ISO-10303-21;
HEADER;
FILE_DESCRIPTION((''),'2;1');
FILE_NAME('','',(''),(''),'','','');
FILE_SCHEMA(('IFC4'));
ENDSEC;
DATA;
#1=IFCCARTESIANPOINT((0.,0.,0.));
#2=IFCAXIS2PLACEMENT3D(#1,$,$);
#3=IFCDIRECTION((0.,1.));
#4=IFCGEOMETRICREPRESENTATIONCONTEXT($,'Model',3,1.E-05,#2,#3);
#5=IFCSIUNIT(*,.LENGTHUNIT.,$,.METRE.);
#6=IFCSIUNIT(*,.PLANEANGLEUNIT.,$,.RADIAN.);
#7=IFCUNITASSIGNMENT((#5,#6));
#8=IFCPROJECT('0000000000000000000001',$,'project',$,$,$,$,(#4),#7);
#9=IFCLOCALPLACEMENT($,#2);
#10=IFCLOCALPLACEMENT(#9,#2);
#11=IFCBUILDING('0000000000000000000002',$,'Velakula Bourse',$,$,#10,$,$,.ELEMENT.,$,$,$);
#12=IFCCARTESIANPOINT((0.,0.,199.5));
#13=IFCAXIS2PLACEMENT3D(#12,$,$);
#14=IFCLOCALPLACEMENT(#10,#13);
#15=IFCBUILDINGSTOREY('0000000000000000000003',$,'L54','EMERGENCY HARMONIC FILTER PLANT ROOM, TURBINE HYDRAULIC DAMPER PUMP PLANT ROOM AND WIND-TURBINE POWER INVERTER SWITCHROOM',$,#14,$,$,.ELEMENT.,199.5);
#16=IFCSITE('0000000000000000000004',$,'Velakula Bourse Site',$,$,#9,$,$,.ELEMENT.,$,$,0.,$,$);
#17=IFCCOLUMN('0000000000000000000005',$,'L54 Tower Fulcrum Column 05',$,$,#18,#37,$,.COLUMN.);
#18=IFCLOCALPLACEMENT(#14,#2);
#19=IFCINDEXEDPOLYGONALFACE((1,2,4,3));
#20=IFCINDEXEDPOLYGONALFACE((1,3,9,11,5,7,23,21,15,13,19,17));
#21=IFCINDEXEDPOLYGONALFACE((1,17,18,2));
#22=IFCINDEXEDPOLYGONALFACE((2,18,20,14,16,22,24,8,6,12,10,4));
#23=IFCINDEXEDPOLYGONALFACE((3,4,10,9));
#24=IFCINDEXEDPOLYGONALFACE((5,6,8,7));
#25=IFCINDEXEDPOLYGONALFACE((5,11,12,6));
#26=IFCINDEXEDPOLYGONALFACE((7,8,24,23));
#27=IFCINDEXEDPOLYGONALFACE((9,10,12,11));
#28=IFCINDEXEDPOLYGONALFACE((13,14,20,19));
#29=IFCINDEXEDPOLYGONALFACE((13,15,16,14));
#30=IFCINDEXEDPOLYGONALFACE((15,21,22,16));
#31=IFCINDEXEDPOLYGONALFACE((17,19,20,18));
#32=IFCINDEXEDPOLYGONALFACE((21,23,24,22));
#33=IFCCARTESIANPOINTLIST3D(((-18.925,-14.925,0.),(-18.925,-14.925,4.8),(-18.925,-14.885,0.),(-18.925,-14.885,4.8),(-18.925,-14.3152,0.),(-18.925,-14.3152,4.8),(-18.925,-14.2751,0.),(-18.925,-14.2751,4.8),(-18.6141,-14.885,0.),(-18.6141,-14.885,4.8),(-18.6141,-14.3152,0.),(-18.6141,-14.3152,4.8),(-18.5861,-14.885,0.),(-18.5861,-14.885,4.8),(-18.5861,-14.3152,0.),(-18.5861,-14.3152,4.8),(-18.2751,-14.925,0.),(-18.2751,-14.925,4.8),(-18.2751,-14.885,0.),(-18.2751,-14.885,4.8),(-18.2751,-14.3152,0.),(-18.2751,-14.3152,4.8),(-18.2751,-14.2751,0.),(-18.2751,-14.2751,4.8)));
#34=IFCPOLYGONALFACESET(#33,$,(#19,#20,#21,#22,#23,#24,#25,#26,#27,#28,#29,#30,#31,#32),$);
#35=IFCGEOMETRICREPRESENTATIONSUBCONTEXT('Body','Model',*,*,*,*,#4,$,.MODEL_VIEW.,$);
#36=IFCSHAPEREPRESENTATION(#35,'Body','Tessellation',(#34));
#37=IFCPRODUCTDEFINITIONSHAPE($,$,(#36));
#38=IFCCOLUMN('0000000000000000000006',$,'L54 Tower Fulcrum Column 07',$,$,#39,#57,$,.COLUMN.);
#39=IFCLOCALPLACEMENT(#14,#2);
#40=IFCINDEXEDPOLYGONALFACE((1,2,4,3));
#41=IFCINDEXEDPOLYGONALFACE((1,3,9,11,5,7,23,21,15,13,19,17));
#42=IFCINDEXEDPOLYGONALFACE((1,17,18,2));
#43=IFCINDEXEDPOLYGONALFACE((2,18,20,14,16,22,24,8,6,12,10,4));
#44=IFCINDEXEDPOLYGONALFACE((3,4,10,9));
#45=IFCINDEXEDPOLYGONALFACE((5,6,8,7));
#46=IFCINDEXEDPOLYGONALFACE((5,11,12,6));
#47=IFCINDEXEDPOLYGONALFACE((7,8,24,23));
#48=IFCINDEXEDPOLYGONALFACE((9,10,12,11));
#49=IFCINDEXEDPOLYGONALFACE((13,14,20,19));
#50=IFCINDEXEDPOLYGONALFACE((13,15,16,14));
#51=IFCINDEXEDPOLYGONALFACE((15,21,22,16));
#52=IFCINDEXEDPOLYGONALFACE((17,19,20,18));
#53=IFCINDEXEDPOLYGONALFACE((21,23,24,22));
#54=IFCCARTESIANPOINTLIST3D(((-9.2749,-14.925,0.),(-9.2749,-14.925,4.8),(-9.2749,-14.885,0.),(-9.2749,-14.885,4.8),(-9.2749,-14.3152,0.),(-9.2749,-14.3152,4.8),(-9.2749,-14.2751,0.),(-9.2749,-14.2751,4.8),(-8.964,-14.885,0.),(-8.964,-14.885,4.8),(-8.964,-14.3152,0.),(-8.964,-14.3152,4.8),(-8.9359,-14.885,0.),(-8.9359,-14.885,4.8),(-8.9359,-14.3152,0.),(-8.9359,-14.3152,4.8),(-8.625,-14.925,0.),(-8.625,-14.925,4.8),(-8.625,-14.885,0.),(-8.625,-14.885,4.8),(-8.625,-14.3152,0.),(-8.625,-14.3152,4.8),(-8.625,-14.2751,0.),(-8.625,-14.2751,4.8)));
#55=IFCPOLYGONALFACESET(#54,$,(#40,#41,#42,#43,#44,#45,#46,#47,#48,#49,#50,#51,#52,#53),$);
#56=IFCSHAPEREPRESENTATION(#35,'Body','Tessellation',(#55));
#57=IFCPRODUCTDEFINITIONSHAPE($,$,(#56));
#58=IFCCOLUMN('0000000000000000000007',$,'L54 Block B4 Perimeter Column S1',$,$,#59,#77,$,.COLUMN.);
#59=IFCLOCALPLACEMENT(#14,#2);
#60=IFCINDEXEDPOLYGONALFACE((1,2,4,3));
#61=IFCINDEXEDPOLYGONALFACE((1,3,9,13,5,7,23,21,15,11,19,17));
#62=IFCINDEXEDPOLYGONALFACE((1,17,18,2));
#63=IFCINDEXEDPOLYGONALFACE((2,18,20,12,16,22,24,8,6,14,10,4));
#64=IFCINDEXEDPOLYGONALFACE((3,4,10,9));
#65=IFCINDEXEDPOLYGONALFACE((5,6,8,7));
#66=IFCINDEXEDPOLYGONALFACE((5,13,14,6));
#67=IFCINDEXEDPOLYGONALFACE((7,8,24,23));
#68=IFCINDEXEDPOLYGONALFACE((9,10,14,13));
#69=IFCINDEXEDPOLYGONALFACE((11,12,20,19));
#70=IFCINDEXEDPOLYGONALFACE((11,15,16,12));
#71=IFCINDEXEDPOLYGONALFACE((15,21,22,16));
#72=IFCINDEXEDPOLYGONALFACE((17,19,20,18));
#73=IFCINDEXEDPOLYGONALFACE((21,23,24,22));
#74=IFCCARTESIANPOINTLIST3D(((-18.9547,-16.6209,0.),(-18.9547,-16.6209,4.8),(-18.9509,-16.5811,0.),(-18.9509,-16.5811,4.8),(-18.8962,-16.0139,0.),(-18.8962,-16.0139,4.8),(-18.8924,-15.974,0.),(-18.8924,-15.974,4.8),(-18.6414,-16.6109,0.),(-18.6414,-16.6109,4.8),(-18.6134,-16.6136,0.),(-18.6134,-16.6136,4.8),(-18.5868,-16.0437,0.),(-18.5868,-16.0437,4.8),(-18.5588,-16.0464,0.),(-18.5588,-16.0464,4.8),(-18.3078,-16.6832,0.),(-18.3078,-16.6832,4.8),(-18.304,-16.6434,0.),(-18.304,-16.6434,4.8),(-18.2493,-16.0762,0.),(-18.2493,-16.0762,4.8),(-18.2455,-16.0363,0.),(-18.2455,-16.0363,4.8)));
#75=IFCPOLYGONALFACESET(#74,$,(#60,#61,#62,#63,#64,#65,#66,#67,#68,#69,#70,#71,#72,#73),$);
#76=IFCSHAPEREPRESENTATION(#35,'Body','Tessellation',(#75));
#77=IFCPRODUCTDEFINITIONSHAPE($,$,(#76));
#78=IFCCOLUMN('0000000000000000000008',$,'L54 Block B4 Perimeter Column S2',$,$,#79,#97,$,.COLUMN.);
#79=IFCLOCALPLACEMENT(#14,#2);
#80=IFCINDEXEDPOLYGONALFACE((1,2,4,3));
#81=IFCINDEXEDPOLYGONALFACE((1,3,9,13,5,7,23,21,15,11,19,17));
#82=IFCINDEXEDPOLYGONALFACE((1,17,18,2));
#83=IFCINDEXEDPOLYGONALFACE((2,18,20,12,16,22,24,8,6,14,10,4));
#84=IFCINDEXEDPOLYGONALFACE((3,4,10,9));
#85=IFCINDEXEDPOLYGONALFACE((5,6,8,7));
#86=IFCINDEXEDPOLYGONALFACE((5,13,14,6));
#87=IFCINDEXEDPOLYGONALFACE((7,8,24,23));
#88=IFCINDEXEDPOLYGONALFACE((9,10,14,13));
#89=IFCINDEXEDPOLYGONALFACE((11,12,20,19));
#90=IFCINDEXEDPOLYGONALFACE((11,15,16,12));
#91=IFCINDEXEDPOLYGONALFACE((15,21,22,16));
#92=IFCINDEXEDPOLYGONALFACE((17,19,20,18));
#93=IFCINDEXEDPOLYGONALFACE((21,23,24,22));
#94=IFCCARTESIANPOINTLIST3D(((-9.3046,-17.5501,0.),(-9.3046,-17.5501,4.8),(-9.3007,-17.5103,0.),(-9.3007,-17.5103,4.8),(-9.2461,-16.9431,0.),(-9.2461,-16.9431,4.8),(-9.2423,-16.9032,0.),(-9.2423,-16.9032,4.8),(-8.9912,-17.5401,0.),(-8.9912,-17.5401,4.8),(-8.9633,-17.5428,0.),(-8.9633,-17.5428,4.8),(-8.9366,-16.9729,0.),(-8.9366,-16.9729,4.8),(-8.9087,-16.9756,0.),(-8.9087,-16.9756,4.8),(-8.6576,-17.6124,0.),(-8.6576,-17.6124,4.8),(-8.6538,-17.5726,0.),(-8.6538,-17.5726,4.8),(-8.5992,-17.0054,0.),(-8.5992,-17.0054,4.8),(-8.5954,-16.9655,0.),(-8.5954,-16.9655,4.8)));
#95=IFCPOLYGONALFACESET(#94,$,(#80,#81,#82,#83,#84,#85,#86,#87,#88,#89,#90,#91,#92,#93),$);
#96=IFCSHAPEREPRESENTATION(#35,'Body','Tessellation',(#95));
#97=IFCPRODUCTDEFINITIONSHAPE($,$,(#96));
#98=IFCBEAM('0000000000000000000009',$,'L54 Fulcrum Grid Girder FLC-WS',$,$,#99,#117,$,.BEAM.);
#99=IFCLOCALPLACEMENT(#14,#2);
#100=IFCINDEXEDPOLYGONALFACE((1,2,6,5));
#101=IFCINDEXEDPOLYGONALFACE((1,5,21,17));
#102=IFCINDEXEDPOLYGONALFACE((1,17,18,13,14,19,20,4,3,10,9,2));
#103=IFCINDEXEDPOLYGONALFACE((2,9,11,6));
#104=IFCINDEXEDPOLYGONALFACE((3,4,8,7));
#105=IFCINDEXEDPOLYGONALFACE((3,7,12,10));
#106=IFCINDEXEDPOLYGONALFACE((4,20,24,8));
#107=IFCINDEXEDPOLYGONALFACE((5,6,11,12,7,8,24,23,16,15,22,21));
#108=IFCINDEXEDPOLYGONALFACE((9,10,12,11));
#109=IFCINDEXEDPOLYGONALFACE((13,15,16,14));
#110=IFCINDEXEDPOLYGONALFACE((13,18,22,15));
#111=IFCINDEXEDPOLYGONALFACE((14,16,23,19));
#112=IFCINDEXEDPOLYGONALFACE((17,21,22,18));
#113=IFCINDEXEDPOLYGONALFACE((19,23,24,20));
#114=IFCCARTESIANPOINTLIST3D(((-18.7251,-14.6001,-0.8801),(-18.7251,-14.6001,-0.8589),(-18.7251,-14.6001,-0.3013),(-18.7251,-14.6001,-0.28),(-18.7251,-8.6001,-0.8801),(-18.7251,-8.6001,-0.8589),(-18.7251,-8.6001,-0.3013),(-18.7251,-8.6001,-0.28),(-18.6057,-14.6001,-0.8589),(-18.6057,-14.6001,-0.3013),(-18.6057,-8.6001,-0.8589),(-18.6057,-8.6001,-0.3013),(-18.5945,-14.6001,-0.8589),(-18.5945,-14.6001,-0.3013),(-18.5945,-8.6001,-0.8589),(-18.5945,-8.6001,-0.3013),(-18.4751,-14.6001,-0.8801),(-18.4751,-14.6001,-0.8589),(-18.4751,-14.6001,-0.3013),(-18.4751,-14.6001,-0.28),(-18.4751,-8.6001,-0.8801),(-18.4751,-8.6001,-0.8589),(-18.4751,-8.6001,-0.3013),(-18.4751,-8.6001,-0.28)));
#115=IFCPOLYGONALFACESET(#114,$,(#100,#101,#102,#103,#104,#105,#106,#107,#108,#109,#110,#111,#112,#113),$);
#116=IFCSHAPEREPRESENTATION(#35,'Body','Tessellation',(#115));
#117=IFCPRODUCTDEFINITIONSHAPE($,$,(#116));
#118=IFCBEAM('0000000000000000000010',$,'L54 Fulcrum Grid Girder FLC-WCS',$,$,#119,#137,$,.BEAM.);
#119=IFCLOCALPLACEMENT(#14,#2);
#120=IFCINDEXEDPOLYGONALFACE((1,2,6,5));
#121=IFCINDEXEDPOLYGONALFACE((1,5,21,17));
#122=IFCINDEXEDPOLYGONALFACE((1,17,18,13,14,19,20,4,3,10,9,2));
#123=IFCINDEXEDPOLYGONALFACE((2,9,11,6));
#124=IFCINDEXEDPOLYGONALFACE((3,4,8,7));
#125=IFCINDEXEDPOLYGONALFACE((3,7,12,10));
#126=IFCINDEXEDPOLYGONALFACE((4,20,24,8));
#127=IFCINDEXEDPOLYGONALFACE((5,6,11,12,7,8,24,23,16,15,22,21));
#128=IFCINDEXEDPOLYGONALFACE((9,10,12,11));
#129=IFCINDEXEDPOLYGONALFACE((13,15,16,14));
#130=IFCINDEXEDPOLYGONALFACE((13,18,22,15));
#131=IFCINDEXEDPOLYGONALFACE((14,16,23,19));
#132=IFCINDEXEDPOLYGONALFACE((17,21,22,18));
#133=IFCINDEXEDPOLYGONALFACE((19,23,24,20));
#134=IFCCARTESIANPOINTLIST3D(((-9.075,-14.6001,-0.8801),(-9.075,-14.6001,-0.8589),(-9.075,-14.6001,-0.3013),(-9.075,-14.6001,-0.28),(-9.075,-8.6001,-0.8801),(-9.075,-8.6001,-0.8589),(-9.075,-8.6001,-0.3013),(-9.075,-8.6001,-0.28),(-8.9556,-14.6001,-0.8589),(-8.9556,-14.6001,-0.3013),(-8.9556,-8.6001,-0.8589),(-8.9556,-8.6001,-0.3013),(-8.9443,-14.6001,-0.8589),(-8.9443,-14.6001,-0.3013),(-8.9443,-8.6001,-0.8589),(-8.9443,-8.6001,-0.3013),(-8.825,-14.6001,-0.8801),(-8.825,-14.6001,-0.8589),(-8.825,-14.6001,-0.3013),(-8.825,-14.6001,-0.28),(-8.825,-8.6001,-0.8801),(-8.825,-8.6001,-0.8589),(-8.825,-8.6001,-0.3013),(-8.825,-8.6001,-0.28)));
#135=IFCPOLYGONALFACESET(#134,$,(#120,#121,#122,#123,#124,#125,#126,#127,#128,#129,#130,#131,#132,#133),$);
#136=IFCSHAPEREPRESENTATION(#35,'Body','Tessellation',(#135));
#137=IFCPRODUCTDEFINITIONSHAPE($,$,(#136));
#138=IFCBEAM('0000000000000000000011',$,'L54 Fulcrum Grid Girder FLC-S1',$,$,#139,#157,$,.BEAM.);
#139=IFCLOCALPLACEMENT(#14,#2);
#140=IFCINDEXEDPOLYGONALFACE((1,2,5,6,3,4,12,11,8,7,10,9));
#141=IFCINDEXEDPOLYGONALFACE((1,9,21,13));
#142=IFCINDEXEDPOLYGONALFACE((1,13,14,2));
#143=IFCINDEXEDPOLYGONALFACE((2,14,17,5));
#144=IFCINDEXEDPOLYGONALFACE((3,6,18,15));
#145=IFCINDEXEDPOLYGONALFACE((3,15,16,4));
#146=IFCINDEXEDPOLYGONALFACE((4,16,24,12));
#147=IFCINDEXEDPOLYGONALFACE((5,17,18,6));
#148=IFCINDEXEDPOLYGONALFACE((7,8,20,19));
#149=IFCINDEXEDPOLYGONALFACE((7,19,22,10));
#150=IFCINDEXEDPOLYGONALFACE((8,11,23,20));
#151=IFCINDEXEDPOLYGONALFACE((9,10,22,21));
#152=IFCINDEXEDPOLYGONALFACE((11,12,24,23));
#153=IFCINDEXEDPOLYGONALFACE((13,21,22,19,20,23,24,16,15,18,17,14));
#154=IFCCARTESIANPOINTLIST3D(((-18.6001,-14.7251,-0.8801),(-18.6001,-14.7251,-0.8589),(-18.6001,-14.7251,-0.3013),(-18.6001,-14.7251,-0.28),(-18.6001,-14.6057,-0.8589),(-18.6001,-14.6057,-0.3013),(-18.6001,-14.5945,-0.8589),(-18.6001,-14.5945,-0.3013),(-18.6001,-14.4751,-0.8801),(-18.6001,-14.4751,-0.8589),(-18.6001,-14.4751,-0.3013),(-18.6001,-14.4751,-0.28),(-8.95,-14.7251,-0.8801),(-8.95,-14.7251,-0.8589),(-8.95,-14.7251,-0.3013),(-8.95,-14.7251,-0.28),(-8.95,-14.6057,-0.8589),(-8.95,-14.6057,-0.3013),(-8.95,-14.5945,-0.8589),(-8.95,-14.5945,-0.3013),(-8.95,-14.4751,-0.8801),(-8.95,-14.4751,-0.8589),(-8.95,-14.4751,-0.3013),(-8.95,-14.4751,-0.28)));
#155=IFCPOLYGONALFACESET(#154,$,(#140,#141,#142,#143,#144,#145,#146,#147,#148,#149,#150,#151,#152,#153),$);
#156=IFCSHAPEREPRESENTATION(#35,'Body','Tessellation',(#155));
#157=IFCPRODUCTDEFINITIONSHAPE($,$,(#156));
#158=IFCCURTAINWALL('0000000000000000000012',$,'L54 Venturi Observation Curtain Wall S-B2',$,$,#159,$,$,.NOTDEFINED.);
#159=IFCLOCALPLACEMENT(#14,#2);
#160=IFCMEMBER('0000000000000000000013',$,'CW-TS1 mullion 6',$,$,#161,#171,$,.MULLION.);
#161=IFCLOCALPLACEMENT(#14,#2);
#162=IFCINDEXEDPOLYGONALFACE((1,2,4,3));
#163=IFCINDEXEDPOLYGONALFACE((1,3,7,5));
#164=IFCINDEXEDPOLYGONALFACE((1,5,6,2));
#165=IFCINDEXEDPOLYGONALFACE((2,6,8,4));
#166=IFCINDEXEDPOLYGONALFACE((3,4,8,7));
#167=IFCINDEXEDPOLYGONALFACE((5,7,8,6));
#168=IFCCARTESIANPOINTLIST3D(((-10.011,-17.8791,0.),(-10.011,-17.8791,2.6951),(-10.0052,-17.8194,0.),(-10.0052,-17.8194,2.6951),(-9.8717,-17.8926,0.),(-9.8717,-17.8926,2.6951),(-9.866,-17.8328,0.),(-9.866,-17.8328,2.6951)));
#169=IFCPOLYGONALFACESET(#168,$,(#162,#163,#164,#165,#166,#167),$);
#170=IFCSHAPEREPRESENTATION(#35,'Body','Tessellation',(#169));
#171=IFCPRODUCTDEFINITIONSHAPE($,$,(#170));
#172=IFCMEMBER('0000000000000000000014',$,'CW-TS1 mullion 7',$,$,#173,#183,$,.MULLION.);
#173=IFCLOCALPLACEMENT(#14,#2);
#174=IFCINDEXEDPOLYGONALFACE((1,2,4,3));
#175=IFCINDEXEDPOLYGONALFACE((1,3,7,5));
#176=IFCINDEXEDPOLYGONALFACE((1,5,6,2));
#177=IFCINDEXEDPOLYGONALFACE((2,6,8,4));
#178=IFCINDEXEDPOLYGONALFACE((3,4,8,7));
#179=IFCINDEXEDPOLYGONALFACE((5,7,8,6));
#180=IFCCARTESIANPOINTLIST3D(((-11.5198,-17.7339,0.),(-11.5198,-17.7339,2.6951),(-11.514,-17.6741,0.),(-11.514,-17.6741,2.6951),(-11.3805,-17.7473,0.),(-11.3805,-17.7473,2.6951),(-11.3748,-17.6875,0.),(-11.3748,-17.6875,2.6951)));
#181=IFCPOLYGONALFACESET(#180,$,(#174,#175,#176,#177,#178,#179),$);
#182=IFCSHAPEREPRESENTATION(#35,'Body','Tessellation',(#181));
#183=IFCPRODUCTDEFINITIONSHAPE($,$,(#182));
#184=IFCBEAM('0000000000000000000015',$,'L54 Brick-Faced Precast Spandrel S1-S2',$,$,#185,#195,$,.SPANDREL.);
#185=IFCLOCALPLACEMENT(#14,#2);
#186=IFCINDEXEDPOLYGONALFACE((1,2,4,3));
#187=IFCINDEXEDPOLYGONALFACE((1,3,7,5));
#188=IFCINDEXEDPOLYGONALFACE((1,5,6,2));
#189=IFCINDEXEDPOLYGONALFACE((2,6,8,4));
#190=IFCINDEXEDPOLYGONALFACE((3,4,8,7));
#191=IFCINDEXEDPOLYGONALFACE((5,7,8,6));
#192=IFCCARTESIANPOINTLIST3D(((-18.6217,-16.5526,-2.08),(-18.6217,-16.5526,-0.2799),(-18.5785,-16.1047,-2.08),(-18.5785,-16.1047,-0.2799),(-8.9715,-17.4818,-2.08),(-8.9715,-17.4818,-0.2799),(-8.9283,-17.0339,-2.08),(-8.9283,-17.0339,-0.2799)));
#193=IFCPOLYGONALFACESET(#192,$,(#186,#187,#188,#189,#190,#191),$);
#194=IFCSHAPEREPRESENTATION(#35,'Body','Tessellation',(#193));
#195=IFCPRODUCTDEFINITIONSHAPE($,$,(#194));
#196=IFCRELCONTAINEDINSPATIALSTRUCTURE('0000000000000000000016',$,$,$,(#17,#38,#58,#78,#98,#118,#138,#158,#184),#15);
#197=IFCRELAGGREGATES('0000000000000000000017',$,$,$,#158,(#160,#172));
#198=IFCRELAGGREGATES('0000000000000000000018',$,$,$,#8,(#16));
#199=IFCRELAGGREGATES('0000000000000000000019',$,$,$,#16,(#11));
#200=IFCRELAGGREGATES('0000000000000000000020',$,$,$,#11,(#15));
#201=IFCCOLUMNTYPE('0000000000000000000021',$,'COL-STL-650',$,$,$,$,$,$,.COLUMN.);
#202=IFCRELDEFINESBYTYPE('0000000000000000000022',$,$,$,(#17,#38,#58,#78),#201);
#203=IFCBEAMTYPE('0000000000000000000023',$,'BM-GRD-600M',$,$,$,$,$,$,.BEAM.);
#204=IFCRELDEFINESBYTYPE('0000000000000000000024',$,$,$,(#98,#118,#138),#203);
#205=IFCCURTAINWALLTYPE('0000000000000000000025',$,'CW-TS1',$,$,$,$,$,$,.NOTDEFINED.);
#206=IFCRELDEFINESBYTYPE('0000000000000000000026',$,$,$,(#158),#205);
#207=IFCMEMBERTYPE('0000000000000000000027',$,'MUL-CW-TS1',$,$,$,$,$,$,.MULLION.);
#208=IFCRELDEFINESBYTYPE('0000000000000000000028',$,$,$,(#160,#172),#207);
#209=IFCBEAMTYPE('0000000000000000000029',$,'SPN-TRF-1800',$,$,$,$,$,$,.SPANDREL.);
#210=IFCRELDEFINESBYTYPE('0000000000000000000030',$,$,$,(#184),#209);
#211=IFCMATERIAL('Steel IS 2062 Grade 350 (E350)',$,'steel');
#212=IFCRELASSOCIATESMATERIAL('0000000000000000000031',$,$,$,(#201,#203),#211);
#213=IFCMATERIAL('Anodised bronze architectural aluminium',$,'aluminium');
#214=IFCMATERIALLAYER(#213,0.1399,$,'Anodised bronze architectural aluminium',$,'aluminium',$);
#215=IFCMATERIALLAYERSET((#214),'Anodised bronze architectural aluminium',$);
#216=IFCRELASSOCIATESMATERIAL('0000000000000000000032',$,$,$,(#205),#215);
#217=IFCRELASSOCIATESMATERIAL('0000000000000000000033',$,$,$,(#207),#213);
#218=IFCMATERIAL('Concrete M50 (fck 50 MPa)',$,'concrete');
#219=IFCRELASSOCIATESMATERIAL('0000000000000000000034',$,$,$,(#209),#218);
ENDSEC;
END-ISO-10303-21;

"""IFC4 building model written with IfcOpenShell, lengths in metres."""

from ifc_helpers import new_model, si_unit, direction, frame, origin, origin_2d, place, context, subcontext, project, spatial, rectangle, i_section, extrude, material, layer, layer_set, material_profile, profile_set, type_object, element, aggregate, save


model = new_model("IFC4")

# Units and contexts
model_context = context("Model", 3, precision=1e-05, world=origin(), true_north=direction((0.0, 1.0)))
body_context = subcontext(model_context, "Body", "Model", "MODEL_VIEW")
ifc_project = project(units=[si_unit("LENGTHUNIT", "METRE"), si_unit("PLANEANGLEUNIT", "RADIAN")], contexts=[model_context])

# Site, building, storey
site_placement = place(None, origin())
site = spatial("IfcSite", under=ifc_project, at=site_placement, Name="Velakula Bourse Site", CompositionType="ELEMENT", RefElevation=0.0)
building_placement = place(site_placement, origin())
building = spatial("IfcBuilding", under=site, at=building_placement, Name="Velakula Bourse", CompositionType="ELEMENT")
storey_placement = place(building_placement, frame((0.0, 0.0, 199.5)))
storey = spatial("IfcBuildingStorey", under=building, at=storey_placement, Name="L54", Description="EMERGENCY HARMONIC FILTER PLANT ROOM, TURBINE HYDRAULIC DAMPER PUMP PLANT ROOM AND WIND-TURBINE POWER INVERTER SWITCHROOM", CompositionType="ELEMENT", Elevation=199.5)

# Columns
ifc_material_1 = material(Name="Steel IS 2062 Grade 350 (E350)", Category="steel")
ifc_material_profile_1 = material_profile(ifc_material_1, i_section(OverallWidth=0.6499, OverallDepth=0.6499, WebThickness=0.0281, FlangeThickness=0.04, at=origin_2d()), Name="Steel IS 2062 Grade 350 (E350)")
ifc_profile_set_1 = profile_set([ifc_material_profile_1], Name="Steel IS 2062 Grade 350 (E350)")
column_type = type_object("IfcColumnType", Name="COL-STL-650", PredefinedType="COLUMN", material=ifc_profile_set_1)
for number, where, z_axis, x_axis, name in (
    (1, (-18.6001, -14.6001, 0.0), (0.0, 0.0, 1.0), (1.0, 0.0, 0.0), "L54 Tower Fulcrum Column 05"),
    (2, (-8.95, -14.6001, 0.0), (0.0, 0.0, 1.0), (1.0, 0.0, 0.0), "L54 Tower Fulcrum Column 07"),
    (3, (-18.6001, -16.3286, 0.0), (0.0, 0.0, 1.0), (0.995396, -0.095846, 0.0), "L54 Block B4 Perimeter Column S1"),
    (4, (-8.95, -17.2578, 0.0), (0.0, 0.0, 1.0), (0.995396, -0.095846, 0.0), "L54 Block B4 Perimeter Column S2"),
):
    element("IfcColumn", number, at=place(storey_placement, frame(where, z_axis=z_axis, x_axis=x_axis)), inside=storey, type_object=column_type, Name=name, PredefinedType="COLUMN", context=body_context, shape_type="SweptSolid", body=[
        extrude(i_section(OverallWidth=0.6499, OverallDepth=0.6499, WebThickness=0.0281, FlangeThickness=0.04, at=origin_2d()), origin(), (0.0, 0.0, 1.0), 4.8),
    ])

# Beams
ifc_material_profile_2 = material_profile(ifc_material_1, i_section(OverallWidth=0.25, OverallDepth=0.6001, WebThickness=0.0112, FlangeThickness=0.0212, at=origin_2d()), Name="Steel IS 2062 Grade 350 (E350)")
ifc_profile_set_2 = profile_set([ifc_material_profile_2], Name="Steel IS 2062 Grade 350 (E350)")
beam_type_1 = type_object("IfcBeamType", Name="BM-GRD-600M", PredefinedType="BEAM", material=ifc_profile_set_2)
for number, where, z_axis, x_axis, name in (
    (5, (-18.6001, -14.6001, -0.5801), (0.0, 1.0, 0.0), (-1.0, 0.0, 0.0), "L54 Fulcrum Grid Girder FLC-WS"),
    (6, (-8.95, -14.6001, -0.5801), (0.0, 1.0, 0.0), (-1.0, 0.0, 0.0), "L54 Fulcrum Grid Girder FLC-WCS"),
):
    element("IfcBeam", number, at=place(storey_placement, frame(where, z_axis=z_axis, x_axis=x_axis)), inside=storey, type_object=beam_type_1, Name=name, PredefinedType="BEAM", context=body_context, shape_type="SweptSolid", body=[
        extrude(i_section(OverallWidth=0.25, OverallDepth=0.6001, WebThickness=0.0112, FlangeThickness=0.0212, at=origin_2d()), origin(), (0.0, 0.0, 1.0), 6.0),
    ])
beam_1_placement = place(storey_placement, frame((-18.6001, -14.6001, -0.5801), z_axis=(1.0, 0.0, 0.0), x_axis=(0.0, 1.0, 0.0)))
element("IfcBeam", 7, at=beam_1_placement, inside=storey, type_object=beam_type_1, Name="L54 Fulcrum Grid Girder FLC-S1", PredefinedType="BEAM", context=body_context, shape_type="SweptSolid", body=[
    extrude(i_section(OverallWidth=0.25, OverallDepth=0.6001, WebThickness=0.0112, FlangeThickness=0.0212, at=origin_2d()), origin(), (0.0, 0.0, 1.0), 9.6501),
])

# Curtain wall, members
ifc_material_2 = material(Name="Anodised bronze architectural aluminium", Category="aluminium")
ifc_layer_1 = layer(ifc_material_2, 0.1399, Name="Anodised bronze architectural aluminium", Category="aluminium")
ifc_layer_set_1 = layer_set([ifc_layer_1], Name="Anodised bronze architectural aluminium")
curtain_wall_type = type_object("IfcCurtainWallType", Name="CW-TS1", PredefinedType="NOTDEFINED", material=ifc_layer_set_1)
curtain_wall_placement = place(storey_placement, origin())
curtain_wall = element("IfcCurtainWall", 8, at=curtain_wall_placement, inside=storey, type_object=curtain_wall_type, Name="L54 Venturi Observation Curtain Wall S-B2", PredefinedType="NOTDEFINED")
ifc_material_profile_3 = material_profile(ifc_material_2, rectangle(XDim=0.0601, YDim=0.1399, at=origin_2d()), Name="Anodised bronze architectural aluminium")
ifc_profile_set_3 = profile_set([ifc_material_profile_3], Name="Anodised bronze architectural aluminium")
member_type_1 = type_object("IfcMemberType", Name="MUL-CW-TS1", PredefinedType="MULLION", material=ifc_profile_set_3)
member_1_placement = place(storey_placement, frame((-9.9385, -17.856, 0.0), z_axis=(0.0, 0.0, 1.0), x_axis=(-0.095849, -0.995396, 0.0)))
member_1 = element("IfcMember", 9, at=member_1_placement, type_object=member_type_1, Name="CW-TS1 mullion 6", PredefinedType="MULLION", context=body_context, shape_type="SweptSolid", body=[
    extrude(rectangle(XDim=0.0601, YDim=0.1399, at=origin_2d()), origin(), (0.0, 0.0, 1.0), 2.6951),
])
member_2_placement = place(storey_placement, frame((-11.4473, -17.7107, 0.0), z_axis=(0.0, 0.0, 1.0), x_axis=(-0.095849, -0.995396, 0.0)))
member_2 = element("IfcMember", 10, at=member_2_placement, type_object=member_type_1, Name="CW-TS1 mullion 7", PredefinedType="MULLION", context=body_context, shape_type="SweptSolid", body=[
    extrude(rectangle(XDim=0.0601, YDim=0.1399, at=origin_2d()), origin(), (0.0, 0.0, 1.0), 2.6951),
])

# Beam
ifc_material_3 = material(Name="Concrete M50 (fck 50 MPa)", Category="concrete")
ifc_material_profile_4 = material_profile(ifc_material_3, rectangle(XDim=0.45, YDim=1.8, at=origin_2d()), Name="Concrete M50 (fck 50 MPa)")
ifc_profile_set_4 = profile_set([ifc_material_profile_4], Name="Concrete M50 (fck 50 MPa)")
beam_type_2 = type_object("IfcBeamType", Name="SPN-TRF-1800", PredefinedType="SPANDREL", material=ifc_profile_set_4)
beam_2_placement = place(storey_placement, frame((-18.6001, -16.3286, -1.1799), z_axis=(0.995396, -0.095845, 0.0), x_axis=(0.095845, 0.995396, 0.0)))
element("IfcBeam", 11, at=beam_2_placement, inside=storey, type_object=beam_type_2, Name="L54 Brick-Faced Precast Spandrel S1-S2", PredefinedType="SPANDREL", context=body_context, shape_type="SweptSolid", body=[
    extrude(rectangle(XDim=0.45, YDim=1.8, at=origin_2d()), origin(), (0.0, 0.0, 1.0), 9.6948),
])

aggregate(curtain_wall, [member_1, member_2])

save(model, "model.ifc")
